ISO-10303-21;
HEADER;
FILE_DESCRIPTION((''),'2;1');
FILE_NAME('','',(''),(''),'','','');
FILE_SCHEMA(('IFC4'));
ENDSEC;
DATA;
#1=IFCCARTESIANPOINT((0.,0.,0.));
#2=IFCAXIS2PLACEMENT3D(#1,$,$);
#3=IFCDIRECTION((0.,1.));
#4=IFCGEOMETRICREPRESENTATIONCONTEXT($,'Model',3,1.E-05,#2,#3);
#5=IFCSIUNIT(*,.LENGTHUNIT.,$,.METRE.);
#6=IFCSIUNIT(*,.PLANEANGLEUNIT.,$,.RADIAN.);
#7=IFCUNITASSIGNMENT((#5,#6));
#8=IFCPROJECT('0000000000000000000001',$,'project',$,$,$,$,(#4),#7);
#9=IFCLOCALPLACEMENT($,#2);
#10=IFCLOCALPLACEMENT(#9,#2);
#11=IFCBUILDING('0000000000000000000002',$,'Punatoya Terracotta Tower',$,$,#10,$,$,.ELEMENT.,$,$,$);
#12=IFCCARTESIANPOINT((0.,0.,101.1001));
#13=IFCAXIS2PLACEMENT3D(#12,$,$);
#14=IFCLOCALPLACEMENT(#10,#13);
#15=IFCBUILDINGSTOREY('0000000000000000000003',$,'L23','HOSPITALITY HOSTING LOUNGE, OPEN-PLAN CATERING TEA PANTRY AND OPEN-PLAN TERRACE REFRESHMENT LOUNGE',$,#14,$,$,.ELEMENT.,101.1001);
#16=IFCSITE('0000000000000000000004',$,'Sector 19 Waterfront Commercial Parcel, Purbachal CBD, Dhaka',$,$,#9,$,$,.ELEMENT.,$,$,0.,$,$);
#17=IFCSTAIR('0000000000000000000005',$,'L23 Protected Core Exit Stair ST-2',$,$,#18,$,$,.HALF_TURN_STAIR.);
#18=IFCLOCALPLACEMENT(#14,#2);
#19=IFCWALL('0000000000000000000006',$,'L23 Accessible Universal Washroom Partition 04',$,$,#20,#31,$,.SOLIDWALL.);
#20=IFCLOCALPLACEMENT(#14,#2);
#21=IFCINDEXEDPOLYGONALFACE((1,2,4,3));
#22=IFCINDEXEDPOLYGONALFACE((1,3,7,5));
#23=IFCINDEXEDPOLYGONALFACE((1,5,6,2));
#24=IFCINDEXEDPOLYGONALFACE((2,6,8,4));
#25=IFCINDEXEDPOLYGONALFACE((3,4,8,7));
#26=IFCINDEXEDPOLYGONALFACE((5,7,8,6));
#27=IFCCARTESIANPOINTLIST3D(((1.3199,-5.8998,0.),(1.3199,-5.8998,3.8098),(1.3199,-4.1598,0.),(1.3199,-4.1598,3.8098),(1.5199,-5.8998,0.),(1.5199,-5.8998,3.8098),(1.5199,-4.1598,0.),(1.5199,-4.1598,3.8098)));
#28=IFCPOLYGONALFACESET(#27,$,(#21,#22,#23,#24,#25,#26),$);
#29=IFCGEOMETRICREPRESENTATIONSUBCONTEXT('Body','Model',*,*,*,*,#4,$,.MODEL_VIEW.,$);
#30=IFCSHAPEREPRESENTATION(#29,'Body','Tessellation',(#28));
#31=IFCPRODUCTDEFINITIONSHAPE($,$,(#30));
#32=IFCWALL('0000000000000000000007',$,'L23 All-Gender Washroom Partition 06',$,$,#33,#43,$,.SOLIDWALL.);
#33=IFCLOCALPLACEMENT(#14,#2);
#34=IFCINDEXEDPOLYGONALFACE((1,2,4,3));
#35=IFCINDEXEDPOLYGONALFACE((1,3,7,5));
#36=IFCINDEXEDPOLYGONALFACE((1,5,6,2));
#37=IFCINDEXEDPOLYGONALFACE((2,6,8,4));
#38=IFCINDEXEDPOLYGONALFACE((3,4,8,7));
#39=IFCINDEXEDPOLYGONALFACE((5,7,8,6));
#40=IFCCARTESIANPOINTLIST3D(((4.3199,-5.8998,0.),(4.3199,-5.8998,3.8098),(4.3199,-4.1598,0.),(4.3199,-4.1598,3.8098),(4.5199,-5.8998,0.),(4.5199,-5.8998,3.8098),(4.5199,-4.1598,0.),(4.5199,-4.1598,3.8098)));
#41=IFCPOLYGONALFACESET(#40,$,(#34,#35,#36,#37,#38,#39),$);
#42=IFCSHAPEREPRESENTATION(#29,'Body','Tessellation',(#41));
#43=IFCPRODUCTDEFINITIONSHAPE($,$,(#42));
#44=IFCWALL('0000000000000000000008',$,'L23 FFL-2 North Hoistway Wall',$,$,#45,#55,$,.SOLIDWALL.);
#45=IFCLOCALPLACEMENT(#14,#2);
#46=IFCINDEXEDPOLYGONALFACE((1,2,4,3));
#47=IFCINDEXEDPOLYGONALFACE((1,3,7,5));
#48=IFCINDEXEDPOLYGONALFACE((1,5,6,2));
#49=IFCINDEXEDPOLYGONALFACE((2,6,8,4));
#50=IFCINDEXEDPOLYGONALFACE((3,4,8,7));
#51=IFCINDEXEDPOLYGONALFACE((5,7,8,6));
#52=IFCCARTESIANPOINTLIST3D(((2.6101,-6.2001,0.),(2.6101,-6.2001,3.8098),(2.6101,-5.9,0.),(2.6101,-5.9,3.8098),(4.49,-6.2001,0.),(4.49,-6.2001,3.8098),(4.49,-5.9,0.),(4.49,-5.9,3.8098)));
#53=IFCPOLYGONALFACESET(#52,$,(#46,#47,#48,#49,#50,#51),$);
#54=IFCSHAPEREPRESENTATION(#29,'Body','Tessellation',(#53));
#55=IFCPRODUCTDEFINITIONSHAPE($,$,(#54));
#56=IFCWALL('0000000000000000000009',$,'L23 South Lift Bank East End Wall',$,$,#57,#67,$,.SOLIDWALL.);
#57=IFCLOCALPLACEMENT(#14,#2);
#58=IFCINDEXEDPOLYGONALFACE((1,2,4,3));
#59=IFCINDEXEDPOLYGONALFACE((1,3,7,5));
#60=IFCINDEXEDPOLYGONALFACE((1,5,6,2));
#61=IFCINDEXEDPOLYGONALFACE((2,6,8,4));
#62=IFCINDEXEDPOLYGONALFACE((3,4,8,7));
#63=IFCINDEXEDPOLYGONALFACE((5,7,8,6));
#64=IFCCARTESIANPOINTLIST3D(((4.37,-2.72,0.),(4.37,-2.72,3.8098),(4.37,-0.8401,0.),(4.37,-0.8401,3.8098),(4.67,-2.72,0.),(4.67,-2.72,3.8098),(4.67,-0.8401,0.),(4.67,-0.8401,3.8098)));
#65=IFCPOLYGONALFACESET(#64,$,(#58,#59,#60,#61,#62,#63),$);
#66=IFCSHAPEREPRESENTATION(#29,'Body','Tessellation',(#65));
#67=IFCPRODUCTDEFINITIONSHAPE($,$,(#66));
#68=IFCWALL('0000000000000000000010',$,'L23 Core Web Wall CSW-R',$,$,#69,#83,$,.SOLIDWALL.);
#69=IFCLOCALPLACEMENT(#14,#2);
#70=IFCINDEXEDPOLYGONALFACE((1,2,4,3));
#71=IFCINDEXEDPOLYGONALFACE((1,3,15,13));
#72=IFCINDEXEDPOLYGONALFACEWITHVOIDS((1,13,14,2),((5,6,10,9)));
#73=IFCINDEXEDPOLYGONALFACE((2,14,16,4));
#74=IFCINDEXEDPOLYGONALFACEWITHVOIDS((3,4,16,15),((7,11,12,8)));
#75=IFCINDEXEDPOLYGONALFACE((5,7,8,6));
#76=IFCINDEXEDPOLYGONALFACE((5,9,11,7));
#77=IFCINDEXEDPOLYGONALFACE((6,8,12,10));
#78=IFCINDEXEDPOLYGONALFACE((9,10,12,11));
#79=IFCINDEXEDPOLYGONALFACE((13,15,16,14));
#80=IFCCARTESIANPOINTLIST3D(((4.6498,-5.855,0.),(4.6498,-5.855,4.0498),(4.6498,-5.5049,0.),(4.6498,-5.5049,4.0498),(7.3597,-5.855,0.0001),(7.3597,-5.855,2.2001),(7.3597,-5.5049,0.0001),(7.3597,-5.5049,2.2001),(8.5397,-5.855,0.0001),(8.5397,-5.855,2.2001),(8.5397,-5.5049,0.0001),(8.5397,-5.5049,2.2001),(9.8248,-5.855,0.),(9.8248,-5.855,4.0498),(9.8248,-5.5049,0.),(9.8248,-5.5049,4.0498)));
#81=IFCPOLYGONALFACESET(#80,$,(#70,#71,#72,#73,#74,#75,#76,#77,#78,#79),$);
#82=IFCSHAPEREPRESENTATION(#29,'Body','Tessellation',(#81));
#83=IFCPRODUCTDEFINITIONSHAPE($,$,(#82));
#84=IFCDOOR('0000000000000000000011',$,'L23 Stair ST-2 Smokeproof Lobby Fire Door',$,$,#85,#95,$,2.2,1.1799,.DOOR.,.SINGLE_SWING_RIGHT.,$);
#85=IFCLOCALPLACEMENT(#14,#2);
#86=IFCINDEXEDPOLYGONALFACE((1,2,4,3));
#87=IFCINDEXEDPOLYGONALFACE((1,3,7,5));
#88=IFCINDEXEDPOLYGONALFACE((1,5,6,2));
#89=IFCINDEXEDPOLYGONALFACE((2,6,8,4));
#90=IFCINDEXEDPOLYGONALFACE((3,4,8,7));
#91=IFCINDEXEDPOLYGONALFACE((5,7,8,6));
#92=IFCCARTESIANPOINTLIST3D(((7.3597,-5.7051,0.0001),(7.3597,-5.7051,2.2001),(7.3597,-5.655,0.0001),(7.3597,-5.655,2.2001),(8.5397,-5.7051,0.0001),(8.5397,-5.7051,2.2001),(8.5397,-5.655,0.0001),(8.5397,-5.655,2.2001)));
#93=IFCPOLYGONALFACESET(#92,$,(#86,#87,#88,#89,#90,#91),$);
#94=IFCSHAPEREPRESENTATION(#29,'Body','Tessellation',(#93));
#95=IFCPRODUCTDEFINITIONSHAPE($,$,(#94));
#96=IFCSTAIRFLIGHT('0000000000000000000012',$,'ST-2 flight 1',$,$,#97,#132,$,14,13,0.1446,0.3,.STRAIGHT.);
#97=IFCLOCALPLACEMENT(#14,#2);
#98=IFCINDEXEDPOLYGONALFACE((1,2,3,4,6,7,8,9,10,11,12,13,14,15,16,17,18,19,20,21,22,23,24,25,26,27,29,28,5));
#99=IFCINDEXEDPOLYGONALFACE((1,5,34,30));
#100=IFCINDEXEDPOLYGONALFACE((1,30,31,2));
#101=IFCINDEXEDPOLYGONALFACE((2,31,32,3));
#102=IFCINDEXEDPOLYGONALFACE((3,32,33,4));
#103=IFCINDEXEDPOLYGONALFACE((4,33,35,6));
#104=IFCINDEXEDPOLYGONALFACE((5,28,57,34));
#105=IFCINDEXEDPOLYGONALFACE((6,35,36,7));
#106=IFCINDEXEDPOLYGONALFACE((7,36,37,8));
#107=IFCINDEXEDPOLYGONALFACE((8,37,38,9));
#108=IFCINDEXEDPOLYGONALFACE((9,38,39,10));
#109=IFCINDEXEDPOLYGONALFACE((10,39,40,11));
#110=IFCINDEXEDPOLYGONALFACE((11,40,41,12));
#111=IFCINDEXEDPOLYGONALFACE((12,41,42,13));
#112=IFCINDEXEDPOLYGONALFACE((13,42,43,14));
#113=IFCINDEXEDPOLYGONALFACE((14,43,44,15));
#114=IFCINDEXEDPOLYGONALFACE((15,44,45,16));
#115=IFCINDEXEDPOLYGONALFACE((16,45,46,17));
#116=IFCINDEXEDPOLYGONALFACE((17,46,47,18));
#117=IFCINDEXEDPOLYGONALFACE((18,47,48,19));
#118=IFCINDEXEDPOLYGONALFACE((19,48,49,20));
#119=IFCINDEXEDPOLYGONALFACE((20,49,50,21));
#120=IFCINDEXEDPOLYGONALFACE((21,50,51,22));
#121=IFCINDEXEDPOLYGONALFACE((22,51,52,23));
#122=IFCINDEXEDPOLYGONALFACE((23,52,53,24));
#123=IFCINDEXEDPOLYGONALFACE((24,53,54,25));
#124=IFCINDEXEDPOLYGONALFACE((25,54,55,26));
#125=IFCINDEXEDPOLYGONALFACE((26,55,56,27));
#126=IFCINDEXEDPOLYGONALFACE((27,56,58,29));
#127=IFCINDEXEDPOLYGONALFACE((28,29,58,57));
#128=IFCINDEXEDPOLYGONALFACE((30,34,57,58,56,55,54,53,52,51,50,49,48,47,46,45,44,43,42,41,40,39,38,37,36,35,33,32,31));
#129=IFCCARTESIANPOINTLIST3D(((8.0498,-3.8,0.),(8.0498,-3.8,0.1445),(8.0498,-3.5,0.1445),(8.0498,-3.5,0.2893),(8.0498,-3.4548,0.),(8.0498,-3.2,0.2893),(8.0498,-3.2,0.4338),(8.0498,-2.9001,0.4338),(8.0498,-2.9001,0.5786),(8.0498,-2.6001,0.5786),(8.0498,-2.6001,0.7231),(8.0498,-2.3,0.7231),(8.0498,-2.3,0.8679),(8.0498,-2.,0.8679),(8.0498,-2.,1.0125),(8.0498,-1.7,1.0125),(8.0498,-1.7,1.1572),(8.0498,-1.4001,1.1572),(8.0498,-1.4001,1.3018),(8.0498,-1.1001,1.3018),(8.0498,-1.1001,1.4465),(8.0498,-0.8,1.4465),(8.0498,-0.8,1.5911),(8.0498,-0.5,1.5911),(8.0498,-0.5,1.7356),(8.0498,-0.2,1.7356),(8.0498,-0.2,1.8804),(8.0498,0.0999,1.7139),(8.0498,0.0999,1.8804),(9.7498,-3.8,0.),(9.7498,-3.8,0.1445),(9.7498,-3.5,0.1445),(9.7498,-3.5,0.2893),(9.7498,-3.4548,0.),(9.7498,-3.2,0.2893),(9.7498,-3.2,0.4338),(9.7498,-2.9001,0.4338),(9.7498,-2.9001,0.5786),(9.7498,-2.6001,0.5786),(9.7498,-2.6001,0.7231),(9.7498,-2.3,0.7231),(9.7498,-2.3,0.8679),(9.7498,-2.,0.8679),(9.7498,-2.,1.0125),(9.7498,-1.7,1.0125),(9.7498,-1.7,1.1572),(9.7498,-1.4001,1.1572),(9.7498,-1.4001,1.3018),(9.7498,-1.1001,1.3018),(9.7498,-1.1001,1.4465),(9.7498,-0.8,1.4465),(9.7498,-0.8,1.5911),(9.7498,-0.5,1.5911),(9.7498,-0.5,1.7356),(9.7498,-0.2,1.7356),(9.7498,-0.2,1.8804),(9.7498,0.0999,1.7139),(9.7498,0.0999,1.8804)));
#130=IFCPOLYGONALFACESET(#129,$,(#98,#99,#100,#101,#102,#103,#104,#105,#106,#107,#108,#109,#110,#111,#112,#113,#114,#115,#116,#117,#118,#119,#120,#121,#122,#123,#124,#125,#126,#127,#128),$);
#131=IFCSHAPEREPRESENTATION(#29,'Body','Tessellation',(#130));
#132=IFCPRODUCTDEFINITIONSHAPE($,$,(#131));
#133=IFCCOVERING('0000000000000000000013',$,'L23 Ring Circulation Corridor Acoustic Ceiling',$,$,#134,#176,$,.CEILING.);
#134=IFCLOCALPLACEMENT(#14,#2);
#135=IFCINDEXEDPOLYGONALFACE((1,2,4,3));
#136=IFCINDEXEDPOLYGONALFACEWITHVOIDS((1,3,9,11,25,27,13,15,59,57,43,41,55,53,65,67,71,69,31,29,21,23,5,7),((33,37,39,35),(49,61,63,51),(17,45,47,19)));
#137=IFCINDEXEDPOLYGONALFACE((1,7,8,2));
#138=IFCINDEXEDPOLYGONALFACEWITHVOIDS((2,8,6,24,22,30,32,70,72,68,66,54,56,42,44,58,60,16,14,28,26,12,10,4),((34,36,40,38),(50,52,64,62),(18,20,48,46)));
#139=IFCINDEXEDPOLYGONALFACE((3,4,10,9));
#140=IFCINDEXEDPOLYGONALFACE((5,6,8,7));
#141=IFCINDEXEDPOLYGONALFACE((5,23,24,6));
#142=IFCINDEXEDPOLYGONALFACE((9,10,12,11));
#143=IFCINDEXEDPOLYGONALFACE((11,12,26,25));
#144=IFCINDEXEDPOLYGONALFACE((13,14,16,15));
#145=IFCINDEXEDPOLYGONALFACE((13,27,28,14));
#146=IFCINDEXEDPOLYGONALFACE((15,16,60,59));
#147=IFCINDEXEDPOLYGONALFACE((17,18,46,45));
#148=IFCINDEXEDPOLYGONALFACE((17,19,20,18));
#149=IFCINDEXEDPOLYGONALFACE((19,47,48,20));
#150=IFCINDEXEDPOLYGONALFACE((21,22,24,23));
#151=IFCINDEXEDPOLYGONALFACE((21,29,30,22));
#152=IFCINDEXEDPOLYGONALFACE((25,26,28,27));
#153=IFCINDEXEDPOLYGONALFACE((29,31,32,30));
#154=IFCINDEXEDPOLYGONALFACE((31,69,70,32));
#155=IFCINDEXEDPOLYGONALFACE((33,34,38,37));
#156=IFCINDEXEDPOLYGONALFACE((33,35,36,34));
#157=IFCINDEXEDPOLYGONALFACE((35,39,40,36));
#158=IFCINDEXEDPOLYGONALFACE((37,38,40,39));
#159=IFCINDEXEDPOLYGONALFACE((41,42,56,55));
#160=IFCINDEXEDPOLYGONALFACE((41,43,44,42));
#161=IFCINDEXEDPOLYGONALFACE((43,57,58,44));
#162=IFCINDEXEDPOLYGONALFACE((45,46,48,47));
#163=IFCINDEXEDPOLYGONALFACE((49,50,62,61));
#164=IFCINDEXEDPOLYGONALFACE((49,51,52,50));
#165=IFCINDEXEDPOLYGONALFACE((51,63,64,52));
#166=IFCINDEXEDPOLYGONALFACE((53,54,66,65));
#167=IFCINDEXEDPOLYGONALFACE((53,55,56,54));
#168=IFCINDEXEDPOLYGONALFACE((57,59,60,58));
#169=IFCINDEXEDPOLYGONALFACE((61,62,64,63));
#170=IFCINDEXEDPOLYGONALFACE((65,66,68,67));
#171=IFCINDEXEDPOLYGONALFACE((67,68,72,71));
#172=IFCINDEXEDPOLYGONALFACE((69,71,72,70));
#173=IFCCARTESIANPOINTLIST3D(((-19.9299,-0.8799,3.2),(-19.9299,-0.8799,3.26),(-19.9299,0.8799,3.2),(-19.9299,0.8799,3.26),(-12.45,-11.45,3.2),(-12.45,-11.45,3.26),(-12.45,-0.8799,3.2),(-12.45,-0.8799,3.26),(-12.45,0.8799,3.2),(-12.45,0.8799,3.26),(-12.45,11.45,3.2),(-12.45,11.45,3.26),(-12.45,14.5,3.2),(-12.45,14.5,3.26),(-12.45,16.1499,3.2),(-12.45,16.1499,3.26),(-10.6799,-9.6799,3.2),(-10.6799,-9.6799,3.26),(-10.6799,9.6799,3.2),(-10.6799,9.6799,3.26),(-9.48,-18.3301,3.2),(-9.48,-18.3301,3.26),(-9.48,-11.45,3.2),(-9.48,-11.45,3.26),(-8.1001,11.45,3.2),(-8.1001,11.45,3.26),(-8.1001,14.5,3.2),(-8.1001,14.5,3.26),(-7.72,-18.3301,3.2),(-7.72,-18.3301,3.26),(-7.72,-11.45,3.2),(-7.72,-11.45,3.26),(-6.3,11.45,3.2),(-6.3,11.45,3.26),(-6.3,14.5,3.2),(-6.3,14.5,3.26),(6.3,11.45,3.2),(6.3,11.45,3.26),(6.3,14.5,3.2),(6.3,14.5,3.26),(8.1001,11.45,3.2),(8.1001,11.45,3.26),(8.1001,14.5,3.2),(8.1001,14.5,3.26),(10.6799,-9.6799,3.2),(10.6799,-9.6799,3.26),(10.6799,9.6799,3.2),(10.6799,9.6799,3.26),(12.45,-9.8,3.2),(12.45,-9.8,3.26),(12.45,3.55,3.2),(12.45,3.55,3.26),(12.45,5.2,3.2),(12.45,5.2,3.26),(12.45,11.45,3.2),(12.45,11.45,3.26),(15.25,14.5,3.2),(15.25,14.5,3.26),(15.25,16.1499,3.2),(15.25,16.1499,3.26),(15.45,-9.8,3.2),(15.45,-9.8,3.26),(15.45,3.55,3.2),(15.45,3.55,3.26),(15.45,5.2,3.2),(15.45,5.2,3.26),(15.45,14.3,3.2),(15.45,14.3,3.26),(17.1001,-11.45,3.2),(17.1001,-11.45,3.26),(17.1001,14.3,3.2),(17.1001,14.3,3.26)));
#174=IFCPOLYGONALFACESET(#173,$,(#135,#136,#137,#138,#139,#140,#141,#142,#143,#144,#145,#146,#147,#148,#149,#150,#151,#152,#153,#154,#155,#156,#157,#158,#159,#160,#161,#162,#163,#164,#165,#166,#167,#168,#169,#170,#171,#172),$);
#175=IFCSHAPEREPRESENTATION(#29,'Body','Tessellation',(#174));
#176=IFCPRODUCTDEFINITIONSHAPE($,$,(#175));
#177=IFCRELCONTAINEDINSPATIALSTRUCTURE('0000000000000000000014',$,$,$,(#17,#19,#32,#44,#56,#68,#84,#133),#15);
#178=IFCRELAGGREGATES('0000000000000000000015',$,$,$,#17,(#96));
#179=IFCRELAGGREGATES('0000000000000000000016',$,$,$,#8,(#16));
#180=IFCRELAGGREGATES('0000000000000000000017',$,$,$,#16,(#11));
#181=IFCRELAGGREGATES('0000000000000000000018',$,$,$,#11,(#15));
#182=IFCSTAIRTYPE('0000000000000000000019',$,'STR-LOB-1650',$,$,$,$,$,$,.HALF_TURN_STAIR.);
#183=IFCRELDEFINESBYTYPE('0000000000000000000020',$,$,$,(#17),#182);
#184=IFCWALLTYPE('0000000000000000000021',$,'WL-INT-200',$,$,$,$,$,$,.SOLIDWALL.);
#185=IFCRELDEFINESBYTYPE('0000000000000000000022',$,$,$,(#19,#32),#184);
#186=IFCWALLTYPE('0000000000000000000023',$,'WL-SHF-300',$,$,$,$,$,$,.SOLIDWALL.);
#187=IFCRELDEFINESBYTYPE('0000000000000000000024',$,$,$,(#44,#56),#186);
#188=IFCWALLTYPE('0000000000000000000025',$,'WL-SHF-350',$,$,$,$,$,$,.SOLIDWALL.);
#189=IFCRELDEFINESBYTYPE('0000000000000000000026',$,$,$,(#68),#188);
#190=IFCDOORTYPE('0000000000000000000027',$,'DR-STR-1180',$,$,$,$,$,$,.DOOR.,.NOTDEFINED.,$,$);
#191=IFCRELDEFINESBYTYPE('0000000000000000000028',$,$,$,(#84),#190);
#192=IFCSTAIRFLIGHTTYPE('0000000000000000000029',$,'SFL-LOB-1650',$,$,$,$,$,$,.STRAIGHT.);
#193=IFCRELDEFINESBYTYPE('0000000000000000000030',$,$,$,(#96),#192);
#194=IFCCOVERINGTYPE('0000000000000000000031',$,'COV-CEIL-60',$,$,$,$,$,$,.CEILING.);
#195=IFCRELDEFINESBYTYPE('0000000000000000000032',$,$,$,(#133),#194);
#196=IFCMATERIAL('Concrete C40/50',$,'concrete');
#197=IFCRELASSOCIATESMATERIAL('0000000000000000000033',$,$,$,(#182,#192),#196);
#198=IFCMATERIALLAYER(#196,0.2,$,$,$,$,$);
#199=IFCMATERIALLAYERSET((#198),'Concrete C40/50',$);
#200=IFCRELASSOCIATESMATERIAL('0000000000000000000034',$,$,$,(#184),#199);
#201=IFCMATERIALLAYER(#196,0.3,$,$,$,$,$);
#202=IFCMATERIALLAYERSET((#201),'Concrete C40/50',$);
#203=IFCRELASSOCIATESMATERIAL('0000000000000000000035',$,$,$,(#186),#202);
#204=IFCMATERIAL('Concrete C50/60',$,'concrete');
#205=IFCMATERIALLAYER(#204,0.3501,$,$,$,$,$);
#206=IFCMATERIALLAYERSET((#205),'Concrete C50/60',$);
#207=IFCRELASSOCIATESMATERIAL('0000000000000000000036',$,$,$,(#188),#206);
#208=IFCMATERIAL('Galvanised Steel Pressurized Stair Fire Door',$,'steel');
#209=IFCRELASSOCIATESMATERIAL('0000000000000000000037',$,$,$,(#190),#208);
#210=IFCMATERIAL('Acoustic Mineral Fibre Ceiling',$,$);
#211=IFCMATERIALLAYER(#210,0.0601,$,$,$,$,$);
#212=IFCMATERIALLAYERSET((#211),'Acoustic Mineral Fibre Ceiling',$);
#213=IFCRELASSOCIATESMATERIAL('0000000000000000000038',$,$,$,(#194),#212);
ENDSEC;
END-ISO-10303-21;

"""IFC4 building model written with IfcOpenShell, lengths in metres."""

from ifc_helpers import new_model, si_unit, direction, frame, frame_2d, origin, place, context, subcontext, project, spatial, polyline, rectangle, outline, extrude, material, layer, layer_set, type_object, element, fill, aggregate, save


model = new_model("IFC4")

# Units and contexts
model_context = context("Model", 3, precision=1e-05, world=origin(), true_north=direction((0.0, 1.0)))
body_context = subcontext(model_context, "Body", "Model", "MODEL_VIEW")
ifc_project = project(units=[si_unit("LENGTHUNIT", "METRE"), si_unit("PLANEANGLEUNIT", "RADIAN")], contexts=[model_context])

# Site, building, storey
site_placement = place(None, origin())
site = spatial("IfcSite", under=ifc_project, at=site_placement, Name="Sector 19 Waterfront Commercial Parcel, Purbachal CBD, Dhaka", CompositionType="ELEMENT", RefElevation=0.0)
building_placement = place(site_placement, origin())
building = spatial("IfcBuilding", under=site, at=building_placement, Name="Punatoya Terracotta Tower", CompositionType="ELEMENT")
storey_placement = place(building_placement, frame((0.0, 0.0, 101.1001)))
storey = spatial("IfcBuildingStorey", under=building, at=storey_placement, Name="L23", Description="HOSPITALITY HOSTING LOUNGE, OPEN-PLAN CATERING TEA PANTRY AND OPEN-PLAN TERRACE REFRESHMENT LOUNGE", CompositionType="ELEMENT", Elevation=101.1001)

# Stair
ifc_material_1 = material(Name="Concrete C40/50", Category="concrete")
stair_type_1 = type_object("IfcStairType", Name="STR-LOB-1650", PredefinedType="HALF_TURN_STAIR", material=ifc_material_1)
stair_1_placement = place(storey_placement, origin())
stair_1 = element("IfcStair", 1, at=stair_1_placement, inside=storey, type_object=stair_type_1, Name="L23 Protected Core Exit Stair ST-2", PredefinedType="HALF_TURN_STAIR")

# Wall
ifc_layer_1 = layer(ifc_material_1, 0.2)
ifc_layer_set_1 = layer_set([ifc_layer_1], Name="Concrete C40/50")
wall_type_1 = type_object("IfcWallType", Name="WL-INT-200", PredefinedType="SOLIDWALL", material=ifc_layer_set_1)
wall_1_placement = place(storey_placement, frame((1.4199, -5.8999, 0.0), z_axis=(0.0, 0.0, 1.0), x_axis=(0.0, 1.0, 0.0)))
element("IfcWall", 2, at=wall_1_placement, inside=storey, type_object=wall_type_1, Name="L23 Accessible Universal Washroom Partition 04", PredefinedType="SOLIDWALL", context=body_context, shape_type="SweptSolid", body=[
    extrude(rectangle(XDim=1.74, YDim=0.2, at=frame_2d((0.8701, 0.0))), origin(), (0.0, 0.0, 1.0), 3.8098),
])

# Wall
wall_2_placement = place(storey_placement, frame((4.4199, -5.8999, 0.0), z_axis=(0.0, 0.0, 1.0), x_axis=(0.0, 1.0, 0.0)))
element("IfcWall", 3, at=wall_2_placement, inside=storey, type_object=wall_type_1, Name="L23 All-Gender Washroom Partition 06", PredefinedType="SOLIDWALL", context=body_context, shape_type="SweptSolid", body=[
    extrude(rectangle(XDim=1.74, YDim=0.2, at=frame_2d((0.8701, 0.0))), origin(), (0.0, 0.0, 1.0), 3.8098),
])

# Walls
ifc_layer_2 = layer(ifc_material_1, 0.3)
ifc_layer_set_2 = layer_set([ifc_layer_2], Name="Concrete C40/50")
wall_type_2 = type_object("IfcWallType", Name="WL-SHF-300", PredefinedType="SOLIDWALL", material=ifc_layer_set_2)
for number, where, z_axis, x_axis, name in (
    (4, (2.6101, -6.05, 0.0), (0.0, 0.0, 1.0), (1.0, 0.0, 0.0), "L23 FFL-2 North Hoistway Wall"),
    (5, (4.52, -2.72, 0.0), (0.0, 0.0, 1.0), (0.0, 1.0, 0.0), "L23 South Lift Bank East End Wall"),
):
    element("IfcWall", number, at=place(storey_placement, frame(where, z_axis=z_axis, x_axis=x_axis)), inside=storey, type_object=wall_type_2, Name=name, PredefinedType="SOLIDWALL", context=body_context, shape_type="SweptSolid", body=[
        extrude(rectangle(XDim=1.8799, YDim=0.3, at=frame_2d((0.9399, 0.0))), origin(), (0.0, 0.0, 1.0), 3.8098),
    ])

# Wall, opening, door
ifc_material_2 = material(Name="Concrete C50/60", Category="concrete")
ifc_layer_3 = layer(ifc_material_2, 0.3501)
ifc_layer_set_3 = layer_set([ifc_layer_3], Name="Concrete C50/60")
wall_type_3 = type_object("IfcWallType", Name="WL-SHF-350", PredefinedType="SOLIDWALL", material=ifc_layer_set_3)
wall_3_placement = place(storey_placement, frame((4.6499, -5.6799, 0.0), z_axis=(0.0, 0.0, 1.0), x_axis=(1.0, 0.0, 0.0)))
wall_3 = element("IfcWall", 6, at=wall_3_placement, inside=storey, type_object=wall_type_3, Name="L23 Core Web Wall CSW-R", PredefinedType="SOLIDWALL", context=body_context, shape_type="SweptSolid", body=[
    extrude(rectangle(XDim=5.175, YDim=0.3501, at=frame_2d((2.5874, 0.0))), origin(), (0.0, 0.0, 1.0), 4.0498),
])
opening_1_placement = place(wall_3_placement, frame((2.71, 0.0, 0.0)))
opening_1 = element("IfcOpeningElement", 7, at=opening_1_placement, cuts=wall_3, PredefinedType="OPENING", context=body_context, shape_type="SweptSolid", body=[
    extrude(rectangle(XDim=1.1799, YDim=2.2, at=frame_2d((0.5898, 1.1001))), frame((0.0, 0.1851, 0.0), z_axis=(0.0, -1.0, 0.0), x_axis=(1.0, 0.0, 0.0)), (0.0, 0.0, 1.0), 0.3701),
])
ifc_material_3 = material(Name="Galvanised Steel Pressurized Stair Fire Door", Category="steel")
door_type_1 = type_object("IfcDoorType", Name="DR-STR-1180", OperationType="NOTDEFINED", PredefinedType="DOOR", material=ifc_material_3)
door_1_placement = place(opening_1_placement, origin())
door_1 = element("IfcDoor", 8, at=door_1_placement, inside=storey, type_object=door_type_1, Name="L23 Stair ST-2 Smokeproof Lobby Fire Door", OperationType="SINGLE_SWING_RIGHT", OverallHeight=2.2, OverallWidth=1.1799, PredefinedType="DOOR", context=body_context, shape_type="SweptSolid", body=[
    extrude(rectangle(XDim=1.1799, YDim=2.2, at=frame_2d((0.5898, 1.1001))), frame((0.0, 0.0249, 0.0), z_axis=(0.0, -1.0, 0.0), x_axis=(1.0, 0.0, 0.0)), (0.0, 0.0, 1.0), 0.05),
])
fill(opening_1, door_1)

# Stair flight
stair_flight_type = type_object("IfcStairFlightType", Name="SFL-LOB-1650", PredefinedType="STRAIGHT", material=ifc_material_1)
stair_flight_placement = place(storey_placement, frame((8.8999, -3.8, 0.0), z_axis=(0.0, 0.0, 1.0), x_axis=(0.0, 1.0, 0.0)))
stair_flight = element("IfcStairFlight", 9, at=stair_flight_placement, type_object=stair_flight_type, Name="ST-2 flight 1", NumberOfRisers=14, NumberOfTreads=13, PredefinedType="STRAIGHT", RiserHeight=0.1446, TreadLength=0.3, context=body_context, shape_type="SweptSolid", body=[
    extrude(outline(polyline([(0.0, 0.0), (0.0, 0.1445), (0.3, 0.1445), (0.3, 0.2893), (0.6001, 0.2893), (0.6001, 0.4338), (0.8999, 0.4338), (0.8999, 0.5786), (1.2, 0.5786), (1.2, 0.7231), (1.5, 0.7231), (1.5, 0.8679), (1.8, 0.8679), (1.8, 1.0125), (2.1001, 1.0125), (2.1001, 1.1572), (2.3999, 1.1572), (2.3999, 1.3018), (2.7, 1.3018), (2.7, 1.4465), (3.0, 1.4465), (3.0, 1.5911), (3.3, 1.5911), (3.3, 1.7356), (3.6001, 1.7356), (3.6001, 1.8804), (3.8999, 1.8804), (3.8999, 2.0249), (3.8999, 1.7139), (0.3452, 0.0), (0.0, 0.0)])), frame((0.0, 0.8501, 0.0), z_axis=(0.0, -1.0, 0.0), x_axis=(1.0, 0.0, 0.0)), (0.0, 0.0, 1.0), 1.7),
])
aggregate(stair_1, [stair_flight])

# Covering
ifc_material_4 = material(Name="Acoustic Mineral Fibre Ceiling")
ifc_layer_4 = layer(ifc_material_4, 0.0601)
ifc_layer_set_4 = layer_set([ifc_layer_4], Name="Acoustic Mineral Fibre Ceiling")
covering_type = type_object("IfcCoveringType", Name="COV-CEIL-60", PredefinedType="CEILING", material=ifc_layer_set_4)
covering_1_placement = place(storey_placement, frame((0.0, 0.0, 3.2)))
element("IfcCovering", 10, at=covering_1_placement, inside=storey, type_object=covering_type, Name="L23 Ring Circulation Corridor Acoustic Ceiling", PredefinedType="CEILING", context=body_context, shape_type="SweptSolid", body=[
    extrude(outline(polyline([(-7.72, -18.3301), (-7.72, -11.45), (17.1001, -11.45), (17.1001, 14.3), (15.45, 14.3), (15.45, 5.2), (12.45, 5.2), (12.45, 11.45), (8.1001, 11.45), (8.1001, 14.5), (15.25, 14.5), (15.25, 16.1499), (-12.45, 16.1499), (-12.45, 14.5), (-8.1001, 14.5), (-8.1001, 11.45), (-12.45, 11.45), (-12.45, 0.8799), (-19.9299, 0.8799), (-19.9299, -0.8799), (-12.45, -0.8799), (-12.45, -11.45), (-9.48, -11.45), (-9.48, -18.3301), (-7.72, -18.3301)]), holes=[polyline([(15.45, -9.8), (12.45, -9.8), (12.45, 3.55), (15.45, 3.55), (15.45, -9.8)]), polyline([(10.6799, 9.6799), (10.6799, -9.6799), (-10.6799, -9.6799), (-10.6799, 9.6799), (10.6799, 9.6799)]), polyline([(6.3, 14.5), (6.3, 11.45), (-6.3, 11.45), (-6.3, 14.5), (6.3, 14.5)])]), origin(), (0.0, 0.0, 1.0), 0.0601),
])

save(model, "model.ifc")
